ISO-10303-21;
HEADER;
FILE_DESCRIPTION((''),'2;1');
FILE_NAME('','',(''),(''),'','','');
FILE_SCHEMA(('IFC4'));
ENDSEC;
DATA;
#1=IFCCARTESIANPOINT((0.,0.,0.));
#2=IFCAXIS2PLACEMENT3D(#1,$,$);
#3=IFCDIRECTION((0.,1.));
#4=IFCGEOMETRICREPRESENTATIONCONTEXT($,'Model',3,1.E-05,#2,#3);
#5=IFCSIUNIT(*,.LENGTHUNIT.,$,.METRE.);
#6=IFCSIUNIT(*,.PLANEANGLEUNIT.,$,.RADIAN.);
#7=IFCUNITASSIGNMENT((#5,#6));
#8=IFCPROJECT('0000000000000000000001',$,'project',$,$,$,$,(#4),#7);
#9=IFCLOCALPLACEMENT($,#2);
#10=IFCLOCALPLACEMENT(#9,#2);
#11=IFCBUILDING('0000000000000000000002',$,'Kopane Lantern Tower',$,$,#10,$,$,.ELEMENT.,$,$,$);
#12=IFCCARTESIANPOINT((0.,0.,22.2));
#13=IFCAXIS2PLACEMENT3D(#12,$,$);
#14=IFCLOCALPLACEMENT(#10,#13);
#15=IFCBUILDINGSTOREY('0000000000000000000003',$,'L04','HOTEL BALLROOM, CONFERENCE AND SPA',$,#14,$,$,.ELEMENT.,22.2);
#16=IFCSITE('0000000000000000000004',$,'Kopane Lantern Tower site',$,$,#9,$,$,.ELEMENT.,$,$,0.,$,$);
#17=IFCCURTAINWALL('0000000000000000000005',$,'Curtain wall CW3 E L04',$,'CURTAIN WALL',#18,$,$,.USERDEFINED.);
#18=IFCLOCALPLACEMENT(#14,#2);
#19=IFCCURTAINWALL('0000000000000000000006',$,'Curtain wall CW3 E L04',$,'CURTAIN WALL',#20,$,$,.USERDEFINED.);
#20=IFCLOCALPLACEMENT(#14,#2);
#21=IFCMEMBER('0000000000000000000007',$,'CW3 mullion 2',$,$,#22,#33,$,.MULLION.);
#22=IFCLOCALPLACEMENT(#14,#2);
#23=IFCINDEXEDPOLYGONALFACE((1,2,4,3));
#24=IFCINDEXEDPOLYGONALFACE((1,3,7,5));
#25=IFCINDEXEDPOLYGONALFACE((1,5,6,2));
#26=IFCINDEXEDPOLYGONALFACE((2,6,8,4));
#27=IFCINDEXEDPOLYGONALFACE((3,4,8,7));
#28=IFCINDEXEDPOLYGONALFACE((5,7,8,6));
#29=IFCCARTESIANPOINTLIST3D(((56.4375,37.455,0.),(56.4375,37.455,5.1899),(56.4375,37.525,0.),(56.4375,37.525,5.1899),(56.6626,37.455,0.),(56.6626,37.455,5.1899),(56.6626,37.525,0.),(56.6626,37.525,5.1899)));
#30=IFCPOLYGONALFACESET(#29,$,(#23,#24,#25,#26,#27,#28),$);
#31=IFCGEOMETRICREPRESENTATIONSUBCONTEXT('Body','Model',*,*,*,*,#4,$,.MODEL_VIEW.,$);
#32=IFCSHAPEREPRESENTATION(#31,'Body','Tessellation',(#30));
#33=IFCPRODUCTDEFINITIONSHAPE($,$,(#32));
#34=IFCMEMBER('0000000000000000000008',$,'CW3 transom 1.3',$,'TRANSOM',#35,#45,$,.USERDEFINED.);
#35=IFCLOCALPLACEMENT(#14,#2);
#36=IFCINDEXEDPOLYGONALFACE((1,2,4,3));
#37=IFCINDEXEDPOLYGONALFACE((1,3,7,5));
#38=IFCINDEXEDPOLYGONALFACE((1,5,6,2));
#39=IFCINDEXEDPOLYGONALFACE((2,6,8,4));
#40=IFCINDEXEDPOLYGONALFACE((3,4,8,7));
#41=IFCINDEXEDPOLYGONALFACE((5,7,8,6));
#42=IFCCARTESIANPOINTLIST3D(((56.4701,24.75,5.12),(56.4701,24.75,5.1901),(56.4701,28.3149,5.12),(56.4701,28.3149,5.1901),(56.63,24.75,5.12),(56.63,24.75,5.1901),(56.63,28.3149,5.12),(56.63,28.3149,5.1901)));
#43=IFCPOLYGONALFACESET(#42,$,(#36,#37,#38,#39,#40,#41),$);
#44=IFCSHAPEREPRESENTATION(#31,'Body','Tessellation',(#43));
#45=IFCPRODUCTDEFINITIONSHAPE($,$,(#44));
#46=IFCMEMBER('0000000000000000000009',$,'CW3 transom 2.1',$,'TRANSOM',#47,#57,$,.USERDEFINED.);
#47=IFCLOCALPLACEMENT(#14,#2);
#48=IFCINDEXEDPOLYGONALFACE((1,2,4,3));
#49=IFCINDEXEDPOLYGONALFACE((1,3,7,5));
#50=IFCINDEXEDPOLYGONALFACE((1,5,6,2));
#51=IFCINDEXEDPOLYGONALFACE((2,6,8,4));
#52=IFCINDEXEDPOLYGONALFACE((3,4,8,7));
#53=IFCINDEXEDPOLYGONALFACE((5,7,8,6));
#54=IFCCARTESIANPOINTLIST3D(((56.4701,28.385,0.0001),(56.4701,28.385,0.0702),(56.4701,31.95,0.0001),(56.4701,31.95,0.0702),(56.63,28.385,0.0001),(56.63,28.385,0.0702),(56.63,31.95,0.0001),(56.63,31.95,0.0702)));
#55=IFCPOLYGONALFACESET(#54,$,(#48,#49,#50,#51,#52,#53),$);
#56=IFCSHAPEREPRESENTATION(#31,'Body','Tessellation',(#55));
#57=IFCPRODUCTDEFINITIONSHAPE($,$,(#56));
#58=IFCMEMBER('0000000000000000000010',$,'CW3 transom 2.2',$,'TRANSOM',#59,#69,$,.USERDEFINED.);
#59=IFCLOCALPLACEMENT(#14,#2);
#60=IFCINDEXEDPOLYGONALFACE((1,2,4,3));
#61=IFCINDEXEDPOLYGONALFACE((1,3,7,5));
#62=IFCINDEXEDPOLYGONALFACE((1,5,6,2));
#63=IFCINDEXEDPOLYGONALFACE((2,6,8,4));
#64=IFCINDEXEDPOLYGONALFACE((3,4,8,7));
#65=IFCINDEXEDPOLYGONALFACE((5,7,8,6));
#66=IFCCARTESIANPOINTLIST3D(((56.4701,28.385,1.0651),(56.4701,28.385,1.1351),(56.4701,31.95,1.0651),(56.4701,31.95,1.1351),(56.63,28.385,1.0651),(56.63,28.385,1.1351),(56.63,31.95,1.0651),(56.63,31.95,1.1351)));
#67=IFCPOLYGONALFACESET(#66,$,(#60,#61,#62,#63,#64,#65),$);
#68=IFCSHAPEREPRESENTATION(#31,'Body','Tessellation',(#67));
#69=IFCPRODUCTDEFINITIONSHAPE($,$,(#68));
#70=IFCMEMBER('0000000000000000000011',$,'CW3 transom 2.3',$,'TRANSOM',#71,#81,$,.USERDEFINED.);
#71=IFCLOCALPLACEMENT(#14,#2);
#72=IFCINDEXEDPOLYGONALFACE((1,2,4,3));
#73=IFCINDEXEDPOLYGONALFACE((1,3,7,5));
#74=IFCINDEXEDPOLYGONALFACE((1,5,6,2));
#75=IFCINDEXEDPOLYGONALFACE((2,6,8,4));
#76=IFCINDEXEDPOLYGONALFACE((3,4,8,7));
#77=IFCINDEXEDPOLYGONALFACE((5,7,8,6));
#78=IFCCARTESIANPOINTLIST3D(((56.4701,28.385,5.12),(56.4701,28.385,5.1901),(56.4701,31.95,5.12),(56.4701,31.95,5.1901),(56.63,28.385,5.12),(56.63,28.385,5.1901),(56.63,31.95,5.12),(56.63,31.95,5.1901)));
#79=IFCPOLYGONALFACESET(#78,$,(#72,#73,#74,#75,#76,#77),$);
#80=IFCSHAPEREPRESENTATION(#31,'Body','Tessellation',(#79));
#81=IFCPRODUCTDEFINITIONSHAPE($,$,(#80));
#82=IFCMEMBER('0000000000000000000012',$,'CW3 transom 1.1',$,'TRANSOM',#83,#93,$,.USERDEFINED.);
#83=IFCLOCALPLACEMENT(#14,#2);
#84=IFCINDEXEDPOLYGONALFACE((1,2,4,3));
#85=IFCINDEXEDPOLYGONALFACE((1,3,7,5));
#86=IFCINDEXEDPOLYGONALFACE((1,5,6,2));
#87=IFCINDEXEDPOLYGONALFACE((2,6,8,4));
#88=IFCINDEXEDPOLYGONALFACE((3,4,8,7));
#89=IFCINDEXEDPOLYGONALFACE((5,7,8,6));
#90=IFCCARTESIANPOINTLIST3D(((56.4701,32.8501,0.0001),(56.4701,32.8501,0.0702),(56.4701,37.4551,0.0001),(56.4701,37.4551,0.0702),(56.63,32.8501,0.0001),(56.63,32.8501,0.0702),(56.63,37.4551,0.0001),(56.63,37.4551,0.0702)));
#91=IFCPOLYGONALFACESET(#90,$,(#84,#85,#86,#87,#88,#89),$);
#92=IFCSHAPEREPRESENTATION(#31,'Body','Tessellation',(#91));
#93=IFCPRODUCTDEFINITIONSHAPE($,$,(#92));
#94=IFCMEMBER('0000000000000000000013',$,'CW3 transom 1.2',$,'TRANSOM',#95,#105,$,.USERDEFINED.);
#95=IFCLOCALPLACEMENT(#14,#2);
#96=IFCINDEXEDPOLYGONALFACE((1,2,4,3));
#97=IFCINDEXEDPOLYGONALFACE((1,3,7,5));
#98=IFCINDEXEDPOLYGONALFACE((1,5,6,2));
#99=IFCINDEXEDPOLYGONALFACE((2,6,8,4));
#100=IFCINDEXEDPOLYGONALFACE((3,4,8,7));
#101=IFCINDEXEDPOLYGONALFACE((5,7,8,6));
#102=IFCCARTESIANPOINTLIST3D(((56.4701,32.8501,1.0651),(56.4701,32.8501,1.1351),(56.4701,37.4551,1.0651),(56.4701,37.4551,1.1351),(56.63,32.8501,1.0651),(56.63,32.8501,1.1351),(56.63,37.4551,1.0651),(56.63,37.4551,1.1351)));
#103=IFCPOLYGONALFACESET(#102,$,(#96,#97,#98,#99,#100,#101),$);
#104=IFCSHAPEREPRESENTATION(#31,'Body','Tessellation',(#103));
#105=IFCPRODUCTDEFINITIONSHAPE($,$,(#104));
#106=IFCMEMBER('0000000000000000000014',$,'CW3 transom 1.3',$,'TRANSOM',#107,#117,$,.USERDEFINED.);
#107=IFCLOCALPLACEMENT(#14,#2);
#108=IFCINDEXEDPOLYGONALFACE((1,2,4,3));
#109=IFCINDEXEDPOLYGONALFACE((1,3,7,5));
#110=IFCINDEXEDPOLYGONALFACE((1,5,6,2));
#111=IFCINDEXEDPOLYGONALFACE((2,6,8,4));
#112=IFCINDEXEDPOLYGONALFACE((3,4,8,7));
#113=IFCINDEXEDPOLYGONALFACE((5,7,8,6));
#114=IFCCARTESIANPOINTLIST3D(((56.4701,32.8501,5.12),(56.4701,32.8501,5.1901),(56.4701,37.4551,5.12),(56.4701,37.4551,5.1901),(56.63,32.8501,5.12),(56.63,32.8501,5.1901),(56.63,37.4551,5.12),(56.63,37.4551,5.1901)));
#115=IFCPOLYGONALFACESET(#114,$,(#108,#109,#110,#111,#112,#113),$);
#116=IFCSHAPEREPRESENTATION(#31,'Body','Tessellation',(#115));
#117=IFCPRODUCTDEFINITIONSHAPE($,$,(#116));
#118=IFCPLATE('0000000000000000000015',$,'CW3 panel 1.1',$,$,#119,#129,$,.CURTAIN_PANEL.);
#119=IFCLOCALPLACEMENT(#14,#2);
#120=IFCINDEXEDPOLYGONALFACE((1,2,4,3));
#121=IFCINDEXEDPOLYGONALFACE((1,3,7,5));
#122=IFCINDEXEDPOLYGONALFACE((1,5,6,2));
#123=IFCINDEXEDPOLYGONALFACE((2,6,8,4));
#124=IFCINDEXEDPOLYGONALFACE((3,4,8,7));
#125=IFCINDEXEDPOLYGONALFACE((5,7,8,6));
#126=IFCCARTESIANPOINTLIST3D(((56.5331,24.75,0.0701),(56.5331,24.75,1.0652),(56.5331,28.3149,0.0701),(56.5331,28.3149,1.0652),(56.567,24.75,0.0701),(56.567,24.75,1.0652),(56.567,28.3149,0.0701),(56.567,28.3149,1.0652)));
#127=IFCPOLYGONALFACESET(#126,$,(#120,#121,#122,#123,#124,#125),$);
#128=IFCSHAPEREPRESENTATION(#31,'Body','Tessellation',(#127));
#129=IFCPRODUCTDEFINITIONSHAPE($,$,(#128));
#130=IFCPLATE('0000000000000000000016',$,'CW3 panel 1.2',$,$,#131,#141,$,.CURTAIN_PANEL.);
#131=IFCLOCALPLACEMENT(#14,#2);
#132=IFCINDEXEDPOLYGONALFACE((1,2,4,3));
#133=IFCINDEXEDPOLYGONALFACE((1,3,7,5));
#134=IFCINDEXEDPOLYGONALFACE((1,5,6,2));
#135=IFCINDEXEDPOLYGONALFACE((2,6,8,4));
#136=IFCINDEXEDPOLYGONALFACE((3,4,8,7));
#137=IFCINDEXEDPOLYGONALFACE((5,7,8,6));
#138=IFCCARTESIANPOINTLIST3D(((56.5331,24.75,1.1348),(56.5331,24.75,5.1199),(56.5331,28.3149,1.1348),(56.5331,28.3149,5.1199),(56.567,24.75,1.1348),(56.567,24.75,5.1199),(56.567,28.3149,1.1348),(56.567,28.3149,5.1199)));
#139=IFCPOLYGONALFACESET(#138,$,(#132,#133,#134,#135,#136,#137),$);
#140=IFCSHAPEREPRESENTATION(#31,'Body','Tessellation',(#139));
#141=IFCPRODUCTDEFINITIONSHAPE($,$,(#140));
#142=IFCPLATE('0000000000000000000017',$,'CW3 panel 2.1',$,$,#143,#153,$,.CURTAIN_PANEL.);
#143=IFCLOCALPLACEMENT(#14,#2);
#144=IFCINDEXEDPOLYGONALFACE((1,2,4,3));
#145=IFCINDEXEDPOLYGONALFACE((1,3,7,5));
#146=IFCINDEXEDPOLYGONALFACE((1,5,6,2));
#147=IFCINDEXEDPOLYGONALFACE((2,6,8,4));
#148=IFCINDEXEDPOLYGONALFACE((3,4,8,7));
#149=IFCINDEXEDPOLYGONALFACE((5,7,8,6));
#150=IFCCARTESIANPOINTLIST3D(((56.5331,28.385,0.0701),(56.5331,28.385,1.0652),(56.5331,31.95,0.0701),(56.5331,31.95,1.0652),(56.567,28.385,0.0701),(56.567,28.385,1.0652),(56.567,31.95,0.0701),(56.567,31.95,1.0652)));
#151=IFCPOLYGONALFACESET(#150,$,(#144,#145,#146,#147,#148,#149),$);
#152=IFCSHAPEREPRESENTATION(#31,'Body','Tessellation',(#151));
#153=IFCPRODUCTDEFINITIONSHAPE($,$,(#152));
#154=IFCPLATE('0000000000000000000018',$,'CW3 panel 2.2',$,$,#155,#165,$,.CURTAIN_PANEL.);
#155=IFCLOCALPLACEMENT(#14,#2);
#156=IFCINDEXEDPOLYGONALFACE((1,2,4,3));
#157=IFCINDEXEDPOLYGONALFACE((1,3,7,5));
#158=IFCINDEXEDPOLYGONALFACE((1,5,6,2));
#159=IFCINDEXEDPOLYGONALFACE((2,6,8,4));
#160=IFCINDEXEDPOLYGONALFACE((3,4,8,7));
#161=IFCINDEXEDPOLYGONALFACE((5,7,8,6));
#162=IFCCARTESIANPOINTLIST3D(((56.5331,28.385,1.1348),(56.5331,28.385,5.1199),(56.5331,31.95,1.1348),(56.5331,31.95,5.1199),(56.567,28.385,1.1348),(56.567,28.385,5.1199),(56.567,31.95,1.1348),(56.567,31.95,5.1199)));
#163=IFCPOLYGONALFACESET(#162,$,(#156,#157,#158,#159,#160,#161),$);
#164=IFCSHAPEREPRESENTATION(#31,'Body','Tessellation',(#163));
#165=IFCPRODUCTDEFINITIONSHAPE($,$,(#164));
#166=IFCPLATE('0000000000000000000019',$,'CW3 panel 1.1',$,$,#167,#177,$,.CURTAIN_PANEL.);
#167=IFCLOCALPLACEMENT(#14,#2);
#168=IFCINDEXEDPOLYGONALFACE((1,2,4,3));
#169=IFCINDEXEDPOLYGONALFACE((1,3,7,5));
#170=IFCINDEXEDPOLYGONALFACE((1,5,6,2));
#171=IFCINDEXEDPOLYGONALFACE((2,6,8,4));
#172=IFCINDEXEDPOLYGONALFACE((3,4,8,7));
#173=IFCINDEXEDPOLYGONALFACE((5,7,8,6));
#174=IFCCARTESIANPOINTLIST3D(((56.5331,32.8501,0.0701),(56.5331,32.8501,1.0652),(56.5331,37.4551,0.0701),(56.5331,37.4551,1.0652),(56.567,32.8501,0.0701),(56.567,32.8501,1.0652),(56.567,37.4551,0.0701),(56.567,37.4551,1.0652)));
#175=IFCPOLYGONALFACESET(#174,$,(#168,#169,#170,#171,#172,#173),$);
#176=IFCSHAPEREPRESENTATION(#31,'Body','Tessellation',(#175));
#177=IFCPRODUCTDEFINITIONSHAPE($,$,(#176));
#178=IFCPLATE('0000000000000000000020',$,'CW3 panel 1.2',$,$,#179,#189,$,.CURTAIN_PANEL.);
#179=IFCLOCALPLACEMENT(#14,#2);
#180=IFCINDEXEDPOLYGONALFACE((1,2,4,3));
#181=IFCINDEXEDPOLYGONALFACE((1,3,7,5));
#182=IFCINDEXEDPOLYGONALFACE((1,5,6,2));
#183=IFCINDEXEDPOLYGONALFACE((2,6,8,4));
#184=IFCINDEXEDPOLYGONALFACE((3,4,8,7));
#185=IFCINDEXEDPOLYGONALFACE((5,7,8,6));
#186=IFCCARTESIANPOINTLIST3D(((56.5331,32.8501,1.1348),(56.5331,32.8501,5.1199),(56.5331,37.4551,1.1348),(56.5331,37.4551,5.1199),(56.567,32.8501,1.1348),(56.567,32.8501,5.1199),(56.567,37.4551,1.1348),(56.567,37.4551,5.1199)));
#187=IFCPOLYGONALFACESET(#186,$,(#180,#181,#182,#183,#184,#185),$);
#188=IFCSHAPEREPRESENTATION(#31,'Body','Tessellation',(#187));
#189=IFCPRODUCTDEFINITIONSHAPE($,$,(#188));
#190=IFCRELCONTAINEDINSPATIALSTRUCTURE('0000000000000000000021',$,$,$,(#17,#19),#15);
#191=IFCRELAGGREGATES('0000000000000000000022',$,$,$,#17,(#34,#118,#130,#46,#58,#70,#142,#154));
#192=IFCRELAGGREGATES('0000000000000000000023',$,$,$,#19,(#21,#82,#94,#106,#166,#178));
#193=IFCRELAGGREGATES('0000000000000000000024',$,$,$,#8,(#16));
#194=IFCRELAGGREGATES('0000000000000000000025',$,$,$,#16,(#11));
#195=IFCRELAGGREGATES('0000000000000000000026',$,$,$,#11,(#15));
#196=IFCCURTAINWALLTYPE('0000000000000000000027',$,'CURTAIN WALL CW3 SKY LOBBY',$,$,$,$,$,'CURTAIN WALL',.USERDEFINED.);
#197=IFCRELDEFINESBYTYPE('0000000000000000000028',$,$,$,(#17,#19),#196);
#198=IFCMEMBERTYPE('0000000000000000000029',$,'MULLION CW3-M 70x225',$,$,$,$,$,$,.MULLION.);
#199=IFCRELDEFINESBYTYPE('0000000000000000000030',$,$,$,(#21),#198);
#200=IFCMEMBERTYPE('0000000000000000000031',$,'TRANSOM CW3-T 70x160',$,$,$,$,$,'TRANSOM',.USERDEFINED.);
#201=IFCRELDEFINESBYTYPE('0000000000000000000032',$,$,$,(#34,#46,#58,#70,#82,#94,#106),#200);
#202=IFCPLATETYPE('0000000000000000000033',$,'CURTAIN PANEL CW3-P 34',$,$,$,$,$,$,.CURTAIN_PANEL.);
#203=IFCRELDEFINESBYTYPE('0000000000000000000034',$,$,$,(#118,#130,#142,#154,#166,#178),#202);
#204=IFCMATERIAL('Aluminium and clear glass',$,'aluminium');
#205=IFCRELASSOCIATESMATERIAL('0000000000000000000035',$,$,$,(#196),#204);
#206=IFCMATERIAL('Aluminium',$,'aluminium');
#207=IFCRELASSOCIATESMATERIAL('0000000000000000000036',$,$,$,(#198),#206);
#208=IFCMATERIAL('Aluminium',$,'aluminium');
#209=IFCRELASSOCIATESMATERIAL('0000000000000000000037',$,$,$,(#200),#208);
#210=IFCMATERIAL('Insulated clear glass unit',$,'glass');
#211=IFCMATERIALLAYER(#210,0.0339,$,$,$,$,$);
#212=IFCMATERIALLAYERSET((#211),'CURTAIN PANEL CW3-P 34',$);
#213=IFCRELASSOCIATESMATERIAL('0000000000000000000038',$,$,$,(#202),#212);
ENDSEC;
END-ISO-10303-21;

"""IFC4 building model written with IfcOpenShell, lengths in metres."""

from ifc_helpers import new_model, si_unit, direction, frame, origin, origin_2d, place, context, subcontext, project, spatial, rectangle, extrude, material, layer, layer_set, material_profile, profile_set, type_object, element, aggregate, save


model = new_model("IFC4")

# Units and contexts
model_context = context("Model", 3, precision=1e-05, world=origin(), true_north=direction((0.0, 1.0)))
body_context = subcontext(model_context, "Body", "Model", "MODEL_VIEW")
ifc_project = project(units=[si_unit("LENGTHUNIT", "METRE"), si_unit("PLANEANGLEUNIT", "RADIAN")], contexts=[model_context])

# Site, building, storey
site_placement = place(None, origin())
site = spatial("IfcSite", under=ifc_project, at=site_placement, Name="Kopane Lantern Tower site", CompositionType="ELEMENT", RefElevation=0.0)
building_placement = place(site_placement, origin())
building = spatial("IfcBuilding", under=site, at=building_placement, Name="Kopane Lantern Tower", CompositionType="ELEMENT")
storey_placement = place(building_placement, frame((0.0, 0.0, 22.2)))
storey = spatial("IfcBuildingStorey", under=building, at=storey_placement, Name="L04", Description="HOTEL BALLROOM, CONFERENCE AND SPA", CompositionType="ELEMENT", Elevation=22.2)

# Curtain walls, member
ifc_material_1 = material(Name="Aluminium and clear glass", Category="aluminium")
curtain_wall_type = type_object("IfcCurtainWallType", Name="CURTAIN WALL CW3 SKY LOBBY", ElementType="CURTAIN WALL", PredefinedType="USERDEFINED", material=ifc_material_1)
curtain_wall_1_placement = place(storey_placement, origin())
curtain_wall_1 = element("IfcCurtainWall", 1, at=curtain_wall_1_placement, inside=storey, type_object=curtain_wall_type, Name="Curtain wall CW3 E L04", ObjectType="CURTAIN WALL", PredefinedType="USERDEFINED")
ifc_material_2 = material(Name="Aluminium", Category="aluminium")
ifc_material_profile_1 = material_profile(ifc_material_2, rectangle(XDim=0.0701, YDim=0.2251, at=origin_2d()), Name="AL 70x225")
ifc_profile_set_1 = profile_set([ifc_material_profile_1], Name="Aluminium")
member_type_1 = type_object("IfcMemberType", Name="MULLION CW3-M 70x225", PredefinedType="MULLION", material=ifc_profile_set_1)
curtain_wall_2_placement = place(storey_placement, origin())
curtain_wall_2 = element("IfcCurtainWall", 2, at=curtain_wall_2_placement, inside=storey, type_object=curtain_wall_type, Name="Curtain wall CW3 E L04", ObjectType="CURTAIN WALL", PredefinedType="USERDEFINED")
member_1_placement = place(storey_placement, frame((56.55, 37.49, 0.0), z_axis=(0.0, 0.0, 1.0), x_axis=(0.0, 1.0, 0.0)))
member_1 = element("IfcMember", 3, at=member_1_placement, type_object=member_type_1, Name="CW3 mullion 2", PredefinedType="MULLION", context=body_context, shape_type="SweptSolid", body=[
    extrude(rectangle(XDim=0.0701, YDim=0.2251, at=origin_2d()), origin(), (0.0, 0.0, 1.0), 5.1899),
])

# Members
ifc_material_3 = material(Name="Aluminium", Category="aluminium")
ifc_material_profile_2 = material_profile(ifc_material_3, rectangle(XDim=0.1599, YDim=0.0701, at=origin_2d()), Name="AL 160x70")
ifc_profile_set_2 = profile_set([ifc_material_profile_2], Name="Aluminium")
member_type_2 = type_object("IfcMemberType", Name="TRANSOM CW3-T 70x160", ElementType="TRANSOM", PredefinedType="USERDEFINED", material=ifc_profile_set_2)
member_2_placement = place(storey_placement, frame((56.55, 24.75, 5.155), z_axis=(0.0, 1.0, 0.0), x_axis=(-1.0, 0.0, 0.0)))
member_2 = element("IfcMember", 4, at=member_2_placement, type_object=member_type_2, Name="CW3 transom 1.3", ObjectType="TRANSOM", PredefinedType="USERDEFINED", context=body_context, shape_type="SweptSolid", body=[
    extrude(rectangle(XDim=0.1599, YDim=0.0701, at=origin_2d()), origin(), (0.0, 0.0, 1.0), 3.5649),
])
member_3_placement = place(storey_placement, frame((56.55, 28.385, 0.0352), z_axis=(0.0, 1.0, 0.0), x_axis=(-1.0, 0.0, 0.0)))
member_3 = element("IfcMember", 5, at=member_3_placement, type_object=member_type_2, Name="CW3 transom 2.1", ObjectType="TRANSOM", PredefinedType="USERDEFINED", context=body_context, shape_type="SweptSolid", body=[
    extrude(rectangle(XDim=0.1599, YDim=0.0701, at=origin_2d()), origin(), (0.0, 0.0, 1.0), 3.5649),
])
member_4_placement = place(storey_placement, frame((56.55, 28.385, 1.1001), z_axis=(0.0, 1.0, 0.0), x_axis=(-1.0, 0.0, 0.0)))
member_4 = element("IfcMember", 6, at=member_4_placement, type_object=member_type_2, Name="CW3 transom 2.2", ObjectType="TRANSOM", PredefinedType="USERDEFINED", context=body_context, shape_type="SweptSolid", body=[
    extrude(rectangle(XDim=0.1599, YDim=0.0701, at=origin_2d()), origin(), (0.0, 0.0, 1.0), 3.5649),
])
member_5_placement = place(storey_placement, frame((56.55, 28.385, 5.155), z_axis=(0.0, 1.0, 0.0), x_axis=(-1.0, 0.0, 0.0)))
member_5 = element("IfcMember", 7, at=member_5_placement, type_object=member_type_2, Name="CW3 transom 2.3", ObjectType="TRANSOM", PredefinedType="USERDEFINED", context=body_context, shape_type="SweptSolid", body=[
    extrude(rectangle(XDim=0.1599, YDim=0.0701, at=origin_2d()), origin(), (0.0, 0.0, 1.0), 3.5649),
])
member_6_placement = place(storey_placement, frame((56.55, 32.8501, 0.0352), z_axis=(0.0, 1.0, 0.0), x_axis=(-1.0, 0.0, 0.0)))
member_6 = element("IfcMember", 8, at=member_6_placement, type_object=member_type_2, Name="CW3 transom 1.1", ObjectType="TRANSOM", PredefinedType="USERDEFINED", context=body_context, shape_type="SweptSolid", body=[
    extrude(rectangle(XDim=0.1599, YDim=0.0701, at=origin_2d()), origin(), (0.0, 0.0, 1.0), 4.605),
])
member_7_placement = place(storey_placement, frame((56.55, 32.8501, 1.1001), z_axis=(0.0, 1.0, 0.0), x_axis=(-1.0, 0.0, 0.0)))
member_7 = element("IfcMember", 9, at=member_7_placement, type_object=member_type_2, Name="CW3 transom 1.2", ObjectType="TRANSOM", PredefinedType="USERDEFINED", context=body_context, shape_type="SweptSolid", body=[
    extrude(rectangle(XDim=0.1599, YDim=0.0701, at=origin_2d()), origin(), (0.0, 0.0, 1.0), 4.605),
])
member_8_placement = place(storey_placement, frame((56.55, 32.8501, 5.155), z_axis=(0.0, 1.0, 0.0), x_axis=(-1.0, 0.0, 0.0)))
member_8 = element("IfcMember", 10, at=member_8_placement, type_object=member_type_2, Name="CW3 transom 1.3", ObjectType="TRANSOM", PredefinedType="USERDEFINED", context=body_context, shape_type="SweptSolid", body=[
    extrude(rectangle(XDim=0.1599, YDim=0.0701, at=origin_2d()), origin(), (0.0, 0.0, 1.0), 4.605),
])

# Plates
ifc_material_4 = material(Name="Insulated clear glass unit", Category="glass")
ifc_layer_1 = layer(ifc_material_4, 0.0339)
ifc_layer_set_1 = layer_set([ifc_layer_1], Name="CURTAIN PANEL CW3-P 34")
plate_type = type_object("IfcPlateType", Name="CURTAIN PANEL CW3-P 34", PredefinedType="CURTAIN_PANEL", material=ifc_layer_set_1)
plate_1_placement = place(storey_placement, frame((56.55, 26.5325, 0.0701), z_axis=(0.0, 0.0, 1.0), x_axis=(0.0, 1.0, 0.0)))
plate_1 = element("IfcPlate", 11, at=plate_1_placement, type_object=plate_type, Name="CW3 panel 1.1", PredefinedType="CURTAIN_PANEL", context=body_context, shape_type="SweptSolid", body=[
    extrude(rectangle(XDim=3.5649, YDim=0.0339, at=origin_2d()), origin(), (0.0, 0.0, 1.0), 0.9951),
])
plate_2_placement = place(storey_placement, frame((56.55, 26.5325, 1.1348), z_axis=(0.0, 0.0, 1.0), x_axis=(0.0, 1.0, 0.0)))
plate_2 = element("IfcPlate", 12, at=plate_2_placement, type_object=plate_type, Name="CW3 panel 1.2", PredefinedType="CURTAIN_PANEL", context=body_context, shape_type="SweptSolid", body=[
    extrude(rectangle(XDim=3.5649, YDim=0.0339, at=origin_2d()), origin(), (0.0, 0.0, 1.0), 3.9851),
])
plate_3_placement = place(storey_placement, frame((56.55, 30.1675, 0.0701), z_axis=(0.0, 0.0, 1.0), x_axis=(0.0, 1.0, 0.0)))
plate_3 = element("IfcPlate", 13, at=plate_3_placement, type_object=plate_type, Name="CW3 panel 2.1", PredefinedType="CURTAIN_PANEL", context=body_context, shape_type="SweptSolid", body=[
    extrude(rectangle(XDim=3.5649, YDim=0.0339, at=origin_2d()), origin(), (0.0, 0.0, 1.0), 0.9951),
])
plate_4_placement = place(storey_placement, frame((56.55, 30.1675, 1.1348), z_axis=(0.0, 0.0, 1.0), x_axis=(0.0, 1.0, 0.0)))
plate_4 = element("IfcPlate", 14, at=plate_4_placement, type_object=plate_type, Name="CW3 panel 2.2", PredefinedType="CURTAIN_PANEL", context=body_context, shape_type="SweptSolid", body=[
    extrude(rectangle(XDim=3.5649, YDim=0.0339, at=origin_2d()), origin(), (0.0, 0.0, 1.0), 3.9851),
])
aggregate(curtain_wall_1, [member_2, plate_1, plate_2, member_3, member_4, member_5, plate_3, plate_4])
plate_5_placement = place(storey_placement, frame((56.55, 35.1526, 0.0701), z_axis=(0.0, 0.0, 1.0), x_axis=(0.0, 1.0, 0.0)))
plate_5 = element("IfcPlate", 15, at=plate_5_placement, type_object=plate_type, Name="CW3 panel 1.1", PredefinedType="CURTAIN_PANEL", context=body_context, shape_type="SweptSolid", body=[
    extrude(rectangle(XDim=4.605, YDim=0.0339, at=origin_2d()), origin(), (0.0, 0.0, 1.0), 0.9951),
])
plate_6_placement = place(storey_placement, frame((56.55, 35.1526, 1.1348), z_axis=(0.0, 0.0, 1.0), x_axis=(0.0, 1.0, 0.0)))
plate_6 = element("IfcPlate", 16, at=plate_6_placement, type_object=plate_type, Name="CW3 panel 1.2", PredefinedType="CURTAIN_PANEL", context=body_context, shape_type="SweptSolid", body=[
    extrude(rectangle(XDim=4.605, YDim=0.0339, at=origin_2d()), origin(), (0.0, 0.0, 1.0), 3.9851),
])
aggregate(curtain_wall_2, [member_1, member_6, member_7, member_8, plate_5, plate_6])

save(model, "model.ifc")
